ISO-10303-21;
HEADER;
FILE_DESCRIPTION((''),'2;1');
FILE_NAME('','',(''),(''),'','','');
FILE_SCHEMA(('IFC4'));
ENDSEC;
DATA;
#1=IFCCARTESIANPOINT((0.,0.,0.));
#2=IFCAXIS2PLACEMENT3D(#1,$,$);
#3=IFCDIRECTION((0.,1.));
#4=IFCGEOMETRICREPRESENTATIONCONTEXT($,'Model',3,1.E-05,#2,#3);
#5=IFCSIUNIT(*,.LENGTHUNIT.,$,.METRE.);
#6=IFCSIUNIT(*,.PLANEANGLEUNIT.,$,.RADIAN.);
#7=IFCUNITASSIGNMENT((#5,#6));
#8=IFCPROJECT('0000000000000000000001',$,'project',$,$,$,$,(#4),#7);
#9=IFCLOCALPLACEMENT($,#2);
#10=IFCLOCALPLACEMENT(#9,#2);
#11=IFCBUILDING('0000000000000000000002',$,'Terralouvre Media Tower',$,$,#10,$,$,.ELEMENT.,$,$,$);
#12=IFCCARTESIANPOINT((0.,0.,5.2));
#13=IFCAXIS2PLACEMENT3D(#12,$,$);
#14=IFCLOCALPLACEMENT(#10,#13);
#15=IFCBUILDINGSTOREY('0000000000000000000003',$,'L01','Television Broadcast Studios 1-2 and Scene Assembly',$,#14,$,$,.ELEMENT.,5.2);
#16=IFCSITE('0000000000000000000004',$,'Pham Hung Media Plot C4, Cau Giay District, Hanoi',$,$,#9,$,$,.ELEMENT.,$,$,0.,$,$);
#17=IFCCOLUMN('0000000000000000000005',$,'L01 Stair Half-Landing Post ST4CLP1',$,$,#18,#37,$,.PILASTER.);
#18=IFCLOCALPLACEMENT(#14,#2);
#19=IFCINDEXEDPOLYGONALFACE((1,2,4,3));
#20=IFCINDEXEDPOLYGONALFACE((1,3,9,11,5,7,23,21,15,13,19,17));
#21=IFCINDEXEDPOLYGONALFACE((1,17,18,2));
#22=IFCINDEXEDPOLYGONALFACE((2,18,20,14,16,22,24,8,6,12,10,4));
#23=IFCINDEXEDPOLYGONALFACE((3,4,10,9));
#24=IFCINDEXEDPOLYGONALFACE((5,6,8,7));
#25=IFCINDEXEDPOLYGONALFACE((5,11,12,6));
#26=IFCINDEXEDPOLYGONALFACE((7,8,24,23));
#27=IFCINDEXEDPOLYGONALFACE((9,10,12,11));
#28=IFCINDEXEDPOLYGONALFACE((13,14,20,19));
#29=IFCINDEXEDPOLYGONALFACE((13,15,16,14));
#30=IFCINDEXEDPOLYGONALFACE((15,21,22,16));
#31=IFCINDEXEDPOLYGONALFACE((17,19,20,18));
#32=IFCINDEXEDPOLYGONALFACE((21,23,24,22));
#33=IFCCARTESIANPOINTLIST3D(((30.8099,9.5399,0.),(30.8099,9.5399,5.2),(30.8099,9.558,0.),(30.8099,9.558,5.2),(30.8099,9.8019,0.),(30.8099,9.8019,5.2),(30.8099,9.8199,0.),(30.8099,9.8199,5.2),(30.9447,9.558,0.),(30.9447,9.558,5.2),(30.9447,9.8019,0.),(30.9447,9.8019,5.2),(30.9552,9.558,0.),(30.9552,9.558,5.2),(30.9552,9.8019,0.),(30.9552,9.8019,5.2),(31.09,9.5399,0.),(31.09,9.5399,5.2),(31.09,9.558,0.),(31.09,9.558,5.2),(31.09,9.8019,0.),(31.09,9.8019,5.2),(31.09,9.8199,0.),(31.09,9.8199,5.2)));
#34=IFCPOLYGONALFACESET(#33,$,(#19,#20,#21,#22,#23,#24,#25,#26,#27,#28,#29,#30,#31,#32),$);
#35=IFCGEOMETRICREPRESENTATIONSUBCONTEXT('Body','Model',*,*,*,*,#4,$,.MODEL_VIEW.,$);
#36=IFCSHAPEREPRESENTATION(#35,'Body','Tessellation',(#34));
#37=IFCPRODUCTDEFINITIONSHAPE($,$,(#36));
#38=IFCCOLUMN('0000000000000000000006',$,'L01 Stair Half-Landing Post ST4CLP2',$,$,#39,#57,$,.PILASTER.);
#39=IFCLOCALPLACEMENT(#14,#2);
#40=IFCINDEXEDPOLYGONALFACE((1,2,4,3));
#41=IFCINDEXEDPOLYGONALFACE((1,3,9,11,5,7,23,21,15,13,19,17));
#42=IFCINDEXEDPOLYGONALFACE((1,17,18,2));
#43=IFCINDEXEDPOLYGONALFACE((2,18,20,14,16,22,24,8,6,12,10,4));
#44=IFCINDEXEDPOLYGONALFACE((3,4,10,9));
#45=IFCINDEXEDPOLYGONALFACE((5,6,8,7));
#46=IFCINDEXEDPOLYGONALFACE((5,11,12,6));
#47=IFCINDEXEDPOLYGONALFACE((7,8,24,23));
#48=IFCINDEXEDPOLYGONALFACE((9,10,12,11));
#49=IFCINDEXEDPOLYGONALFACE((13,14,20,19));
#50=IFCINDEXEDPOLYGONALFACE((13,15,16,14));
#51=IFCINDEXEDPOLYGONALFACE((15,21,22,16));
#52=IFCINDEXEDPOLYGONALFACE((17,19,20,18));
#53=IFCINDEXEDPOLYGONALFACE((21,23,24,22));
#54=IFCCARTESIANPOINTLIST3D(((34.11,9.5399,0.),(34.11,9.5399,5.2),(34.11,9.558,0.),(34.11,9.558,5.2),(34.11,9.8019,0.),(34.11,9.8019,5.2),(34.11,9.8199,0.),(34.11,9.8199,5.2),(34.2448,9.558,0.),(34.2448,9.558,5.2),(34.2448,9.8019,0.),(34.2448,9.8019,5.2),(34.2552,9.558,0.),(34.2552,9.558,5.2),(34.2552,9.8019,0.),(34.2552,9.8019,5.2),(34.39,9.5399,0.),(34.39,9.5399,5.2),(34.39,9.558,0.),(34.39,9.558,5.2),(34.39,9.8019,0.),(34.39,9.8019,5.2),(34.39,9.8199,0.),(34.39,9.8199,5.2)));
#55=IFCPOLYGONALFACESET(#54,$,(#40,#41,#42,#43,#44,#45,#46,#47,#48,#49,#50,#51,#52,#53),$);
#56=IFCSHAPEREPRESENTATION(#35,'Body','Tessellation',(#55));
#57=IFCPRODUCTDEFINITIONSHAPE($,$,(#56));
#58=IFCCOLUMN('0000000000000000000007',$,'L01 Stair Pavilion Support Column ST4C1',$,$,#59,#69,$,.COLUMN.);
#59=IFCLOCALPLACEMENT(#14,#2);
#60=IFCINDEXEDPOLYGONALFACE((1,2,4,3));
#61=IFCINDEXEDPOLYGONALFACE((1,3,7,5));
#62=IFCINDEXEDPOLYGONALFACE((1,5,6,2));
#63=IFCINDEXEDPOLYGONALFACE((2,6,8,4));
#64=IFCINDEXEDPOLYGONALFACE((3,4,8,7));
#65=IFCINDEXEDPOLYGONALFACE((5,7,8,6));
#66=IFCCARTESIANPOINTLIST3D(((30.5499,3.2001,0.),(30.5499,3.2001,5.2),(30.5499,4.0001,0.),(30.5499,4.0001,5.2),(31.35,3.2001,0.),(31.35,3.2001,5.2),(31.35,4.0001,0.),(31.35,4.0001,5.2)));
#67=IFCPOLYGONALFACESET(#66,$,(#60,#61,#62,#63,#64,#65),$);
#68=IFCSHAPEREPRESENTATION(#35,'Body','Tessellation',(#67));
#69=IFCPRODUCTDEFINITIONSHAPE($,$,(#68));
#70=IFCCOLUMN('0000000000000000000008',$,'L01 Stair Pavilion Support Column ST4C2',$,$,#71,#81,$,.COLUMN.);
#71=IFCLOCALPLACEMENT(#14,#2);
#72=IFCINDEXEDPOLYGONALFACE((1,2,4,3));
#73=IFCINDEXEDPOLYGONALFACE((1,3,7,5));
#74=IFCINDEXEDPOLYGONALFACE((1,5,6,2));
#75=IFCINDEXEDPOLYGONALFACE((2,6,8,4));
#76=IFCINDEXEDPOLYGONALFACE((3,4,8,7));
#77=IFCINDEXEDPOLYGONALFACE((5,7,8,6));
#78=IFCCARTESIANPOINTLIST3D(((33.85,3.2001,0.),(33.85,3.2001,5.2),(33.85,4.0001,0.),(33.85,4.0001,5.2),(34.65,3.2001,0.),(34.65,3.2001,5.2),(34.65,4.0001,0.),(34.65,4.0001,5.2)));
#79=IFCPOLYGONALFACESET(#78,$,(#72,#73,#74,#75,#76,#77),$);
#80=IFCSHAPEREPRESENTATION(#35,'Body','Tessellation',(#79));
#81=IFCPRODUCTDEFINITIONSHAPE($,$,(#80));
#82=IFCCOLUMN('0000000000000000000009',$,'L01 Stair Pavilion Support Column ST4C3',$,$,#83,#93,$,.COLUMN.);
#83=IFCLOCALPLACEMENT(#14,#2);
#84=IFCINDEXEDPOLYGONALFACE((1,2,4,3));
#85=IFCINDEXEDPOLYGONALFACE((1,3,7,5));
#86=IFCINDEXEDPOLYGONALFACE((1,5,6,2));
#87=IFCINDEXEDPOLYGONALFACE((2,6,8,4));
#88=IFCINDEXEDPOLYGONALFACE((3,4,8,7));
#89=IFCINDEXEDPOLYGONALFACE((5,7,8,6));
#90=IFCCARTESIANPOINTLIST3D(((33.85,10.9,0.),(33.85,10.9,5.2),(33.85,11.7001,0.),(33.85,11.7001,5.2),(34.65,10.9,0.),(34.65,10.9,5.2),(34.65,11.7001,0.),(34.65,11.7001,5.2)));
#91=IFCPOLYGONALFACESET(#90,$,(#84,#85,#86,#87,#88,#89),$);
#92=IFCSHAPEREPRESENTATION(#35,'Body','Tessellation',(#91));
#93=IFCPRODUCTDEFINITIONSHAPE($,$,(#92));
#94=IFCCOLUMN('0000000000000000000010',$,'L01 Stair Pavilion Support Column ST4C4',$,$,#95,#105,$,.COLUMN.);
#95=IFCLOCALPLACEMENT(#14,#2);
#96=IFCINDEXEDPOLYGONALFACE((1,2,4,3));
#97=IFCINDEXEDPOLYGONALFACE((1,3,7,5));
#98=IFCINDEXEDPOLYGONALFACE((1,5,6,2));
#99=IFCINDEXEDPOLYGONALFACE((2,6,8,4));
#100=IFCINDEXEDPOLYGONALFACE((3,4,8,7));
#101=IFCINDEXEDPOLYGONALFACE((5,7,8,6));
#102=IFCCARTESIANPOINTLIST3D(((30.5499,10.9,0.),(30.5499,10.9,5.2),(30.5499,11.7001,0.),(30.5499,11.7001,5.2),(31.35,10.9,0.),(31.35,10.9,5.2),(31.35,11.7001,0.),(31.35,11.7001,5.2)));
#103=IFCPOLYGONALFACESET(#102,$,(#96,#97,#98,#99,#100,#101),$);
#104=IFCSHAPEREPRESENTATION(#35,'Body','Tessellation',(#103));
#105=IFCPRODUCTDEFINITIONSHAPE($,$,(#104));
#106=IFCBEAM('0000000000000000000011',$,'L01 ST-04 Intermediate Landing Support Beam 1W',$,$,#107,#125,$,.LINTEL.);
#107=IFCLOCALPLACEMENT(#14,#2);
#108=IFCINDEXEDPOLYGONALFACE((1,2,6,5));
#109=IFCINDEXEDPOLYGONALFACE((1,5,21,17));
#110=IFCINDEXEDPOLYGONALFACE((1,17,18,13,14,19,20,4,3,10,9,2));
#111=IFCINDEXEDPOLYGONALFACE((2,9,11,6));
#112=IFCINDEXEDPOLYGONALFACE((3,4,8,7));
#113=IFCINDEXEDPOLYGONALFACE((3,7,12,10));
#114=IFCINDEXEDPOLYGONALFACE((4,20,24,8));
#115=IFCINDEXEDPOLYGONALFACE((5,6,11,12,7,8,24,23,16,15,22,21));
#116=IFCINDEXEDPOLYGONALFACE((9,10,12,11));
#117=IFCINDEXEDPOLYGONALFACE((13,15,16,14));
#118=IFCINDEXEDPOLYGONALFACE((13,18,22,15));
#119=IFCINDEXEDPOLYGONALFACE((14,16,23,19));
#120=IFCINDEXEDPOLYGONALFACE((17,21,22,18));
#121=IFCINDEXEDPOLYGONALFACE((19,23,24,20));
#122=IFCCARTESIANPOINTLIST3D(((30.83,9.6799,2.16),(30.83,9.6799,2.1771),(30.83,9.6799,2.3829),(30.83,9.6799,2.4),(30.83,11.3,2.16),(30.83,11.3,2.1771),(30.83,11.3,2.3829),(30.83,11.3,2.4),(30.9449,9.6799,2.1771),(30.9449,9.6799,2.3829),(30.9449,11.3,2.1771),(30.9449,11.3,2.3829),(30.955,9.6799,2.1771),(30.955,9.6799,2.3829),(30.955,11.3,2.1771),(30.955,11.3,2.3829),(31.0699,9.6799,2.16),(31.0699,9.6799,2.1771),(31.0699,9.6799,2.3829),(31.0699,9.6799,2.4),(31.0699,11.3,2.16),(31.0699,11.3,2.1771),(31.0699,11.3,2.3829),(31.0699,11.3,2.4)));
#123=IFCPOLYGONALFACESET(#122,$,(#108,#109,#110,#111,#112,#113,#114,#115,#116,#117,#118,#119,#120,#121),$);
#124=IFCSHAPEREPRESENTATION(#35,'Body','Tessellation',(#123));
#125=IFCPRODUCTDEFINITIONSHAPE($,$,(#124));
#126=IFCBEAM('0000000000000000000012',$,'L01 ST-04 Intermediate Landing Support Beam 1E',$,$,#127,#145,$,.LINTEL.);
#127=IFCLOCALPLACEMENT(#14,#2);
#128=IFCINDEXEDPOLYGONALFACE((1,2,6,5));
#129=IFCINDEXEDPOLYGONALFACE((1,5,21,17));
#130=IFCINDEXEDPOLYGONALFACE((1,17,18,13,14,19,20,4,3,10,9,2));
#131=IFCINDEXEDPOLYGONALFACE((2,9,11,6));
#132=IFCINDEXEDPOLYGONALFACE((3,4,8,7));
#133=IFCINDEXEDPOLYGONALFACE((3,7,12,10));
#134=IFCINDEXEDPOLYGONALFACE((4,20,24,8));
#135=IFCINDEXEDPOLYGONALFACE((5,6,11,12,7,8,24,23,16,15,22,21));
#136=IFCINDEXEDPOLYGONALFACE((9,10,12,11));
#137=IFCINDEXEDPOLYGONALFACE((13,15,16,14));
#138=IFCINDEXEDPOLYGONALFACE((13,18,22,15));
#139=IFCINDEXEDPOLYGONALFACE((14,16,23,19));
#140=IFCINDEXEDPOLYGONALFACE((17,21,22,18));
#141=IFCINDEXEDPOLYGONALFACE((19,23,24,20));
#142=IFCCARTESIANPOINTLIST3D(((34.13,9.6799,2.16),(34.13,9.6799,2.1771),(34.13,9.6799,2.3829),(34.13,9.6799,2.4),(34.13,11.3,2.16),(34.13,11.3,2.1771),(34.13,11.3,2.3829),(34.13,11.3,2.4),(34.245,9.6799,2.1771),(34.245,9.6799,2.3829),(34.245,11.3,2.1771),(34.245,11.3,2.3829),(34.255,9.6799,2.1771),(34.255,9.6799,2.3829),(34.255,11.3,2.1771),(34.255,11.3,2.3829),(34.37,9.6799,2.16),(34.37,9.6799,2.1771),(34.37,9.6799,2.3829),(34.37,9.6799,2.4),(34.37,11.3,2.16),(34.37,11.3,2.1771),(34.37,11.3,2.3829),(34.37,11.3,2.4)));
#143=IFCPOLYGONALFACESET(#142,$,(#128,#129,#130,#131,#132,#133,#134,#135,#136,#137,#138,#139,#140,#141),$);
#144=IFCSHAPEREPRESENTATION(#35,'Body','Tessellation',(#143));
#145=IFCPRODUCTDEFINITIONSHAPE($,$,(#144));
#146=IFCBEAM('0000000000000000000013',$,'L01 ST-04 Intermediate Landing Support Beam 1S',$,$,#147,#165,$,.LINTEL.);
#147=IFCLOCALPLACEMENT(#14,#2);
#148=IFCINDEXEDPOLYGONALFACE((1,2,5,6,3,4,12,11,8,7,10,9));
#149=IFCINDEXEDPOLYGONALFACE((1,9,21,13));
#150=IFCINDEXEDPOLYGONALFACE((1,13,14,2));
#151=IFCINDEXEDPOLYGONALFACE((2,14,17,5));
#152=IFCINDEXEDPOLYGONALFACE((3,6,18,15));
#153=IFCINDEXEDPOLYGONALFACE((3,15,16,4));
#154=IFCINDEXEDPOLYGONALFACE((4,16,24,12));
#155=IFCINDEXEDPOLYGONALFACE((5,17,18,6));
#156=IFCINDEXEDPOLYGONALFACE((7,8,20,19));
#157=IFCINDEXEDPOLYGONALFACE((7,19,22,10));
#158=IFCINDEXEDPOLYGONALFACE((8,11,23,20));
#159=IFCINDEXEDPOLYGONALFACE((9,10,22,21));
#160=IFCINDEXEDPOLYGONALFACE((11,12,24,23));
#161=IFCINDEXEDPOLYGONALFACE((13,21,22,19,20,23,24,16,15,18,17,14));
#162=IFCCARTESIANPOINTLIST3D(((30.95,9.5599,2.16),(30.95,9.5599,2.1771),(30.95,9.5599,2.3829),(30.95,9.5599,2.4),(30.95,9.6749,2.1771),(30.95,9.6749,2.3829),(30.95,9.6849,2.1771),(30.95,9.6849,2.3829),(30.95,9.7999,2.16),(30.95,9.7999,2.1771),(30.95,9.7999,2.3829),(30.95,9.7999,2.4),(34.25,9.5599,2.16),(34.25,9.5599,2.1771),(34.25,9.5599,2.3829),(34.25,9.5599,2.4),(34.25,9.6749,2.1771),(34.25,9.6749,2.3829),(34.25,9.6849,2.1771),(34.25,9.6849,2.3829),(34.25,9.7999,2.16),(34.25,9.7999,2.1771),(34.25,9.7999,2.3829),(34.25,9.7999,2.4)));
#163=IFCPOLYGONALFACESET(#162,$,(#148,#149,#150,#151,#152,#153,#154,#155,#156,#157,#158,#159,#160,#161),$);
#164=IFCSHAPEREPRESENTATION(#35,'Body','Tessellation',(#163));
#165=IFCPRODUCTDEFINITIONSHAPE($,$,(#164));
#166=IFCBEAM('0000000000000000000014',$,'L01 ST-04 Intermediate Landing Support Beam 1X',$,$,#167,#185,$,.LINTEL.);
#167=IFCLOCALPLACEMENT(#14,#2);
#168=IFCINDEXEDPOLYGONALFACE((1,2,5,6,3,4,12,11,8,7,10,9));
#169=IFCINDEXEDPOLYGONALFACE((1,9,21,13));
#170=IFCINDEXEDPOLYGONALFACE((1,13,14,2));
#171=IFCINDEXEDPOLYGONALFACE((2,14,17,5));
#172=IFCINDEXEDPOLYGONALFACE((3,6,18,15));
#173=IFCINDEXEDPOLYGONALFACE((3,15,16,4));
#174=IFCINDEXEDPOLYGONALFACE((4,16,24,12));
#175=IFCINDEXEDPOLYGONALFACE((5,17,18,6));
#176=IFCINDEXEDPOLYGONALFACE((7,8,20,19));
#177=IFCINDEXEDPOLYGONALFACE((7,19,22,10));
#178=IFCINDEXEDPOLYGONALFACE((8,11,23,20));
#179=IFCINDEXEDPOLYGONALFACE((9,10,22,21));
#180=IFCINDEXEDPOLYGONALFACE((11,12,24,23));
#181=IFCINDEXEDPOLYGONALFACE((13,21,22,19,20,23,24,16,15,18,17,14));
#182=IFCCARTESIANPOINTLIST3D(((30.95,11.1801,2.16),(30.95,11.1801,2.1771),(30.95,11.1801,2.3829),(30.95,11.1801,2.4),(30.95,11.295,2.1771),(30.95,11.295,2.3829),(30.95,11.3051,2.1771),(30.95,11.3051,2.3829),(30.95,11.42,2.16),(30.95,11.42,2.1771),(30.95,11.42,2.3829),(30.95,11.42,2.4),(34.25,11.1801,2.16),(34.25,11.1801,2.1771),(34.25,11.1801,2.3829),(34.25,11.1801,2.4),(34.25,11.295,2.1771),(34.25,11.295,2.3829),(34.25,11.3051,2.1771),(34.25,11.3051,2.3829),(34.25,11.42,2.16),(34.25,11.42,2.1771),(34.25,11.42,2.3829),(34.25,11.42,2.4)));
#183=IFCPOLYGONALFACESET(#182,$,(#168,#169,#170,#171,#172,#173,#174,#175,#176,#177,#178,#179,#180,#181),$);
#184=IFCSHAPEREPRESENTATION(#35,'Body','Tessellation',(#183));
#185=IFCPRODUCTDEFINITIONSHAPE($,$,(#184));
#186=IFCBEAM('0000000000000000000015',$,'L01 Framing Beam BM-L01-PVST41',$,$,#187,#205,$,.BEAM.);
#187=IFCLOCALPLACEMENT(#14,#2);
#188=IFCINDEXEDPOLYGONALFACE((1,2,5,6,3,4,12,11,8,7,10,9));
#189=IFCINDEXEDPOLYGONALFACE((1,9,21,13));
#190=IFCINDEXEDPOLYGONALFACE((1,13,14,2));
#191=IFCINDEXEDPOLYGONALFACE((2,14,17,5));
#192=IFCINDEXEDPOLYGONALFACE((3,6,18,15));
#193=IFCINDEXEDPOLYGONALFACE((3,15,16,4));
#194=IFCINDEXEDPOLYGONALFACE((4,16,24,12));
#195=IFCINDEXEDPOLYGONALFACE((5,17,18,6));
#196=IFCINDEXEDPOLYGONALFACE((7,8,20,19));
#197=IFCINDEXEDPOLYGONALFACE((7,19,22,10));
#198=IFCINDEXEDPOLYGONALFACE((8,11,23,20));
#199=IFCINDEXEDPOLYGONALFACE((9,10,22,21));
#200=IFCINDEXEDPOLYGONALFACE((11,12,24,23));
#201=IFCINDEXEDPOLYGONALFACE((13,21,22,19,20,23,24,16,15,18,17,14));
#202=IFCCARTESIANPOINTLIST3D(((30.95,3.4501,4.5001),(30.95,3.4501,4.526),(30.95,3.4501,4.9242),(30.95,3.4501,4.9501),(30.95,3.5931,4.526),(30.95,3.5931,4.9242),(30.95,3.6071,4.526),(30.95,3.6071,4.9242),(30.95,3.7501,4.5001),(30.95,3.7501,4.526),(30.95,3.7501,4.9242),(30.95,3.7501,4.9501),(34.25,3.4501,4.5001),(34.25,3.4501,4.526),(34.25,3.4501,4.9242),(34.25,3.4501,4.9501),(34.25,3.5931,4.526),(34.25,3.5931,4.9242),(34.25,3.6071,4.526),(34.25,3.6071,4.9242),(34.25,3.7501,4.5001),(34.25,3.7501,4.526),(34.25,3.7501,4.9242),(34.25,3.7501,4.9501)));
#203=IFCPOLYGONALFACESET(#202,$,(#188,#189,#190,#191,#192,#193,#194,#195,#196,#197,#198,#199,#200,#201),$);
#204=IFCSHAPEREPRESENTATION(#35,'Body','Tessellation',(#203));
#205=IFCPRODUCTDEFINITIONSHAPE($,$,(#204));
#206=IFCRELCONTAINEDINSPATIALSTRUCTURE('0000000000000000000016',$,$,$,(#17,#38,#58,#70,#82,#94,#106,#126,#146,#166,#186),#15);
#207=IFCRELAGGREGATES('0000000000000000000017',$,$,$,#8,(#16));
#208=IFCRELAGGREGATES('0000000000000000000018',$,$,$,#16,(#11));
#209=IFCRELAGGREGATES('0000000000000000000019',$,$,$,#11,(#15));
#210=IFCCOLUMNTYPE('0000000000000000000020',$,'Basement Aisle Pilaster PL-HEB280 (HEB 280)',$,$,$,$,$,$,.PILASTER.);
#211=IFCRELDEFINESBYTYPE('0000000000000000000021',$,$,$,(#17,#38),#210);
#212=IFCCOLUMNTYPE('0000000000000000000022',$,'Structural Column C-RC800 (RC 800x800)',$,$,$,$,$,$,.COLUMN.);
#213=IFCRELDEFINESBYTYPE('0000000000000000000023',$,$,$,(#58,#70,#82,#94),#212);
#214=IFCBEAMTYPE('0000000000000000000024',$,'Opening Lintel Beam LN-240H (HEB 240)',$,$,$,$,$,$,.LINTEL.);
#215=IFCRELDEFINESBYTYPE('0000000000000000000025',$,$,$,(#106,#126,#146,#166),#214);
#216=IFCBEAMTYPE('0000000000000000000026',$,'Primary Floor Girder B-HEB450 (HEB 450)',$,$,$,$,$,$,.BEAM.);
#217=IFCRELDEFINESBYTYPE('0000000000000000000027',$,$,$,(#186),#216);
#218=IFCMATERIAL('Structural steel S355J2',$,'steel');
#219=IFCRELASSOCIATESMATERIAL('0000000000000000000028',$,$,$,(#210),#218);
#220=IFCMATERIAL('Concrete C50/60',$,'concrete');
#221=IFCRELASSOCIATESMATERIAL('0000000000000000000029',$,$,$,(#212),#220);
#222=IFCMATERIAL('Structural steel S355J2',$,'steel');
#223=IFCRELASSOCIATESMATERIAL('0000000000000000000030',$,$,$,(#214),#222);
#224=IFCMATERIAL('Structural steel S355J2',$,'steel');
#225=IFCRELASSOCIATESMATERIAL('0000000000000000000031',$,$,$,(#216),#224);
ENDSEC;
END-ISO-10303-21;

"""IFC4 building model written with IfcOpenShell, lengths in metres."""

from ifc_helpers import new_model, si_unit, direction, frame, origin, origin_2d, place, context, subcontext, project, spatial, rectangle, i_section, extrude, material, material_profile, profile_set, type_object, element, save


model = new_model("IFC4")

# Units and contexts
model_context = context("Model", 3, precision=1e-05, world=origin(), true_north=direction((0.0, 1.0)))
body_context = subcontext(model_context, "Body", "Model", "MODEL_VIEW")
ifc_project = project(units=[si_unit("LENGTHUNIT", "METRE"), si_unit("PLANEANGLEUNIT", "RADIAN")], contexts=[model_context])

# Site, building, storey
site_placement = place(None, origin())
site = spatial("IfcSite", under=ifc_project, at=site_placement, Name="Pham Hung Media Plot C4, Cau Giay District, Hanoi", CompositionType="ELEMENT", RefElevation=0.0)
building_placement = place(site_placement, origin())
building = spatial("IfcBuilding", under=site, at=building_placement, Name="Terralouvre Media Tower", CompositionType="ELEMENT")
storey_placement = place(building_placement, frame((0.0, 0.0, 5.2)))
storey = spatial("IfcBuildingStorey", under=building, at=storey_placement, Name="L01", Description="Television Broadcast Studios 1-2 and Scene Assembly", CompositionType="ELEMENT", Elevation=5.2)

# Columns
ifc_material_1 = material(Name="Structural steel S355J2", Category="steel")
ifc_material_profile_1 = material_profile(ifc_material_1, i_section(OverallWidth=0.28, OverallDepth=0.28, WebThickness=0.0105, FlangeThickness=0.0181, at=origin_2d()), Name="HEB 280")
ifc_profile_set_1 = profile_set([ifc_material_profile_1], Name="Structural steel S355J2")
column_type_1 = type_object("IfcColumnType", Name="Basement Aisle Pilaster PL-HEB280 (HEB 280)", PredefinedType="PILASTER", material=ifc_profile_set_1)
for number, where, z_axis, x_axis, name in (
    (1, (30.95, 9.6799, 0.0), (0.0, 0.0, 1.0), (1.0, 0.0, 0.0), "L01 Stair Half-Landing Post ST4CLP1"),
    (2, (34.25, 9.6799, 0.0), (0.0, 0.0, 1.0), (1.0, 0.0, 0.0), "L01 Stair Half-Landing Post ST4CLP2"),
):
    element("IfcColumn", number, at=place(storey_placement, frame(where, z_axis=z_axis, x_axis=x_axis)), inside=storey, type_object=column_type_1, Name=name, PredefinedType="PILASTER", context=body_context, shape_type="SweptSolid", body=[
        extrude(i_section(OverallWidth=0.28, OverallDepth=0.28, WebThickness=0.0105, FlangeThickness=0.0181, at=origin_2d()), origin(), (0.0, 0.0, 1.0), 5.2),
    ])
ifc_material_2 = material(Name="Concrete C50/60", Category="concrete")
ifc_material_profile_2 = material_profile(ifc_material_2, rectangle(XDim=0.8, YDim=0.8, at=origin_2d()), Name="RC 800x800")
ifc_profile_set_2 = profile_set([ifc_material_profile_2], Name="Concrete C50/60")
column_type_2 = type_object("IfcColumnType", Name="Structural Column C-RC800 (RC 800x800)", PredefinedType="COLUMN", material=ifc_profile_set_2)
for number, where, z_axis, x_axis, name in (
    (3, (30.95, 3.6001, 0.0), (0.0, 0.0, 1.0), (1.0, 0.0, 0.0), "L01 Stair Pavilion Support Column ST4C1"),
    (4, (34.25, 3.6001, 0.0), (0.0, 0.0, 1.0), (1.0, 0.0, 0.0), "L01 Stair Pavilion Support Column ST4C2"),
    (5, (34.25, 11.3, 0.0), (0.0, 0.0, 1.0), (1.0, 0.0, 0.0), "L01 Stair Pavilion Support Column ST4C3"),
    (6, (30.95, 11.3, 0.0), (0.0, 0.0, 1.0), (1.0, 0.0, 0.0), "L01 Stair Pavilion Support Column ST4C4"),
):
    element("IfcColumn", number, at=place(storey_placement, frame(where, z_axis=z_axis, x_axis=x_axis)), inside=storey, type_object=column_type_2, Name=name, PredefinedType="COLUMN", context=body_context, shape_type="SweptSolid", body=[
        extrude(rectangle(XDim=0.8, YDim=0.8, at=origin_2d()), origin(), (0.0, 0.0, 1.0), 5.2),
    ])

# Beams
ifc_material_3 = material(Name="Structural steel S355J2", Category="steel")
ifc_material_profile_3 = material_profile(ifc_material_3, i_section(OverallWidth=0.24, OverallDepth=0.24, WebThickness=0.01, FlangeThickness=0.0171, at=origin_2d()), Name="HEB 240")
ifc_profile_set_3 = profile_set([ifc_material_profile_3], Name="Structural steel S355J2")
beam_type_1 = type_object("IfcBeamType", Name="Opening Lintel Beam LN-240H (HEB 240)", PredefinedType="LINTEL", material=ifc_profile_set_3)
for number, where, z_axis, x_axis, name in (
    (7, (30.95, 9.6799, 2.28), (0.0, 1.0, 0.0), (-1.0, 0.0, 0.0), "L01 ST-04 Intermediate Landing Support Beam 1W"),
    (8, (34.25, 9.6799, 2.28), (0.0, 1.0, 0.0), (-1.0, 0.0, 0.0), "L01 ST-04 Intermediate Landing Support Beam 1E"),
):
    element("IfcBeam", number, at=place(storey_placement, frame(where, z_axis=z_axis, x_axis=x_axis)), inside=storey, type_object=beam_type_1, Name=name, PredefinedType="LINTEL", context=body_context, shape_type="SweptSolid", body=[
        extrude(i_section(OverallWidth=0.24, OverallDepth=0.24, WebThickness=0.01, FlangeThickness=0.0171, at=origin_2d()), origin(), (0.0, 0.0, 1.0), 1.6201),
    ])
for number, where, z_axis, x_axis, name in (
    (9, (30.95, 9.6799, 2.28), (1.0, 0.0, 0.0), (0.0, 1.0, 0.0), "L01 ST-04 Intermediate Landing Support Beam 1S"),
    (10, (30.95, 11.3, 2.28), (1.0, 0.0, 0.0), (0.0, 1.0, 0.0), "L01 ST-04 Intermediate Landing Support Beam 1X"),
):
    element("IfcBeam", number, at=place(storey_placement, frame(where, z_axis=z_axis, x_axis=x_axis)), inside=storey, type_object=beam_type_1, Name=name, PredefinedType="LINTEL", context=body_context, shape_type="SweptSolid", body=[
        extrude(i_section(OverallWidth=0.24, OverallDepth=0.24, WebThickness=0.01, FlangeThickness=0.0171, at=origin_2d()), origin(), (0.0, 0.0, 1.0), 3.3),
    ])
ifc_material_4 = material(Name="Structural steel S355J2", Category="steel")
ifc_material_profile_4 = material_profile(ifc_material_4, i_section(OverallWidth=0.3, OverallDepth=0.45, WebThickness=0.0139, FlangeThickness=0.0259, at=origin_2d()), Name="HEB 450")
ifc_profile_set_4 = profile_set([ifc_material_profile_4], Name="Structural steel S355J2")
beam_type_2 = type_object("IfcBeamType", Name="Primary Floor Girder B-HEB450 (HEB 450)", PredefinedType="BEAM", material=ifc_profile_set_4)
beam_1_placement = place(storey_placement, frame((30.95, 3.6001, 4.7251), z_axis=(1.0, 0.0, 0.0), x_axis=(0.0, 1.0, 0.0)))
element("IfcBeam", 11, at=beam_1_placement, inside=storey, type_object=beam_type_2, Name="L01 Framing Beam BM-L01-PVST41", PredefinedType="BEAM", context=body_context, shape_type="SweptSolid", body=[
    extrude(i_section(OverallWidth=0.3, OverallDepth=0.45, WebThickness=0.0139, FlangeThickness=0.0259, at=origin_2d()), origin(), (0.0, 0.0, 1.0), 3.3),
])

save(model, "model.ifc")
